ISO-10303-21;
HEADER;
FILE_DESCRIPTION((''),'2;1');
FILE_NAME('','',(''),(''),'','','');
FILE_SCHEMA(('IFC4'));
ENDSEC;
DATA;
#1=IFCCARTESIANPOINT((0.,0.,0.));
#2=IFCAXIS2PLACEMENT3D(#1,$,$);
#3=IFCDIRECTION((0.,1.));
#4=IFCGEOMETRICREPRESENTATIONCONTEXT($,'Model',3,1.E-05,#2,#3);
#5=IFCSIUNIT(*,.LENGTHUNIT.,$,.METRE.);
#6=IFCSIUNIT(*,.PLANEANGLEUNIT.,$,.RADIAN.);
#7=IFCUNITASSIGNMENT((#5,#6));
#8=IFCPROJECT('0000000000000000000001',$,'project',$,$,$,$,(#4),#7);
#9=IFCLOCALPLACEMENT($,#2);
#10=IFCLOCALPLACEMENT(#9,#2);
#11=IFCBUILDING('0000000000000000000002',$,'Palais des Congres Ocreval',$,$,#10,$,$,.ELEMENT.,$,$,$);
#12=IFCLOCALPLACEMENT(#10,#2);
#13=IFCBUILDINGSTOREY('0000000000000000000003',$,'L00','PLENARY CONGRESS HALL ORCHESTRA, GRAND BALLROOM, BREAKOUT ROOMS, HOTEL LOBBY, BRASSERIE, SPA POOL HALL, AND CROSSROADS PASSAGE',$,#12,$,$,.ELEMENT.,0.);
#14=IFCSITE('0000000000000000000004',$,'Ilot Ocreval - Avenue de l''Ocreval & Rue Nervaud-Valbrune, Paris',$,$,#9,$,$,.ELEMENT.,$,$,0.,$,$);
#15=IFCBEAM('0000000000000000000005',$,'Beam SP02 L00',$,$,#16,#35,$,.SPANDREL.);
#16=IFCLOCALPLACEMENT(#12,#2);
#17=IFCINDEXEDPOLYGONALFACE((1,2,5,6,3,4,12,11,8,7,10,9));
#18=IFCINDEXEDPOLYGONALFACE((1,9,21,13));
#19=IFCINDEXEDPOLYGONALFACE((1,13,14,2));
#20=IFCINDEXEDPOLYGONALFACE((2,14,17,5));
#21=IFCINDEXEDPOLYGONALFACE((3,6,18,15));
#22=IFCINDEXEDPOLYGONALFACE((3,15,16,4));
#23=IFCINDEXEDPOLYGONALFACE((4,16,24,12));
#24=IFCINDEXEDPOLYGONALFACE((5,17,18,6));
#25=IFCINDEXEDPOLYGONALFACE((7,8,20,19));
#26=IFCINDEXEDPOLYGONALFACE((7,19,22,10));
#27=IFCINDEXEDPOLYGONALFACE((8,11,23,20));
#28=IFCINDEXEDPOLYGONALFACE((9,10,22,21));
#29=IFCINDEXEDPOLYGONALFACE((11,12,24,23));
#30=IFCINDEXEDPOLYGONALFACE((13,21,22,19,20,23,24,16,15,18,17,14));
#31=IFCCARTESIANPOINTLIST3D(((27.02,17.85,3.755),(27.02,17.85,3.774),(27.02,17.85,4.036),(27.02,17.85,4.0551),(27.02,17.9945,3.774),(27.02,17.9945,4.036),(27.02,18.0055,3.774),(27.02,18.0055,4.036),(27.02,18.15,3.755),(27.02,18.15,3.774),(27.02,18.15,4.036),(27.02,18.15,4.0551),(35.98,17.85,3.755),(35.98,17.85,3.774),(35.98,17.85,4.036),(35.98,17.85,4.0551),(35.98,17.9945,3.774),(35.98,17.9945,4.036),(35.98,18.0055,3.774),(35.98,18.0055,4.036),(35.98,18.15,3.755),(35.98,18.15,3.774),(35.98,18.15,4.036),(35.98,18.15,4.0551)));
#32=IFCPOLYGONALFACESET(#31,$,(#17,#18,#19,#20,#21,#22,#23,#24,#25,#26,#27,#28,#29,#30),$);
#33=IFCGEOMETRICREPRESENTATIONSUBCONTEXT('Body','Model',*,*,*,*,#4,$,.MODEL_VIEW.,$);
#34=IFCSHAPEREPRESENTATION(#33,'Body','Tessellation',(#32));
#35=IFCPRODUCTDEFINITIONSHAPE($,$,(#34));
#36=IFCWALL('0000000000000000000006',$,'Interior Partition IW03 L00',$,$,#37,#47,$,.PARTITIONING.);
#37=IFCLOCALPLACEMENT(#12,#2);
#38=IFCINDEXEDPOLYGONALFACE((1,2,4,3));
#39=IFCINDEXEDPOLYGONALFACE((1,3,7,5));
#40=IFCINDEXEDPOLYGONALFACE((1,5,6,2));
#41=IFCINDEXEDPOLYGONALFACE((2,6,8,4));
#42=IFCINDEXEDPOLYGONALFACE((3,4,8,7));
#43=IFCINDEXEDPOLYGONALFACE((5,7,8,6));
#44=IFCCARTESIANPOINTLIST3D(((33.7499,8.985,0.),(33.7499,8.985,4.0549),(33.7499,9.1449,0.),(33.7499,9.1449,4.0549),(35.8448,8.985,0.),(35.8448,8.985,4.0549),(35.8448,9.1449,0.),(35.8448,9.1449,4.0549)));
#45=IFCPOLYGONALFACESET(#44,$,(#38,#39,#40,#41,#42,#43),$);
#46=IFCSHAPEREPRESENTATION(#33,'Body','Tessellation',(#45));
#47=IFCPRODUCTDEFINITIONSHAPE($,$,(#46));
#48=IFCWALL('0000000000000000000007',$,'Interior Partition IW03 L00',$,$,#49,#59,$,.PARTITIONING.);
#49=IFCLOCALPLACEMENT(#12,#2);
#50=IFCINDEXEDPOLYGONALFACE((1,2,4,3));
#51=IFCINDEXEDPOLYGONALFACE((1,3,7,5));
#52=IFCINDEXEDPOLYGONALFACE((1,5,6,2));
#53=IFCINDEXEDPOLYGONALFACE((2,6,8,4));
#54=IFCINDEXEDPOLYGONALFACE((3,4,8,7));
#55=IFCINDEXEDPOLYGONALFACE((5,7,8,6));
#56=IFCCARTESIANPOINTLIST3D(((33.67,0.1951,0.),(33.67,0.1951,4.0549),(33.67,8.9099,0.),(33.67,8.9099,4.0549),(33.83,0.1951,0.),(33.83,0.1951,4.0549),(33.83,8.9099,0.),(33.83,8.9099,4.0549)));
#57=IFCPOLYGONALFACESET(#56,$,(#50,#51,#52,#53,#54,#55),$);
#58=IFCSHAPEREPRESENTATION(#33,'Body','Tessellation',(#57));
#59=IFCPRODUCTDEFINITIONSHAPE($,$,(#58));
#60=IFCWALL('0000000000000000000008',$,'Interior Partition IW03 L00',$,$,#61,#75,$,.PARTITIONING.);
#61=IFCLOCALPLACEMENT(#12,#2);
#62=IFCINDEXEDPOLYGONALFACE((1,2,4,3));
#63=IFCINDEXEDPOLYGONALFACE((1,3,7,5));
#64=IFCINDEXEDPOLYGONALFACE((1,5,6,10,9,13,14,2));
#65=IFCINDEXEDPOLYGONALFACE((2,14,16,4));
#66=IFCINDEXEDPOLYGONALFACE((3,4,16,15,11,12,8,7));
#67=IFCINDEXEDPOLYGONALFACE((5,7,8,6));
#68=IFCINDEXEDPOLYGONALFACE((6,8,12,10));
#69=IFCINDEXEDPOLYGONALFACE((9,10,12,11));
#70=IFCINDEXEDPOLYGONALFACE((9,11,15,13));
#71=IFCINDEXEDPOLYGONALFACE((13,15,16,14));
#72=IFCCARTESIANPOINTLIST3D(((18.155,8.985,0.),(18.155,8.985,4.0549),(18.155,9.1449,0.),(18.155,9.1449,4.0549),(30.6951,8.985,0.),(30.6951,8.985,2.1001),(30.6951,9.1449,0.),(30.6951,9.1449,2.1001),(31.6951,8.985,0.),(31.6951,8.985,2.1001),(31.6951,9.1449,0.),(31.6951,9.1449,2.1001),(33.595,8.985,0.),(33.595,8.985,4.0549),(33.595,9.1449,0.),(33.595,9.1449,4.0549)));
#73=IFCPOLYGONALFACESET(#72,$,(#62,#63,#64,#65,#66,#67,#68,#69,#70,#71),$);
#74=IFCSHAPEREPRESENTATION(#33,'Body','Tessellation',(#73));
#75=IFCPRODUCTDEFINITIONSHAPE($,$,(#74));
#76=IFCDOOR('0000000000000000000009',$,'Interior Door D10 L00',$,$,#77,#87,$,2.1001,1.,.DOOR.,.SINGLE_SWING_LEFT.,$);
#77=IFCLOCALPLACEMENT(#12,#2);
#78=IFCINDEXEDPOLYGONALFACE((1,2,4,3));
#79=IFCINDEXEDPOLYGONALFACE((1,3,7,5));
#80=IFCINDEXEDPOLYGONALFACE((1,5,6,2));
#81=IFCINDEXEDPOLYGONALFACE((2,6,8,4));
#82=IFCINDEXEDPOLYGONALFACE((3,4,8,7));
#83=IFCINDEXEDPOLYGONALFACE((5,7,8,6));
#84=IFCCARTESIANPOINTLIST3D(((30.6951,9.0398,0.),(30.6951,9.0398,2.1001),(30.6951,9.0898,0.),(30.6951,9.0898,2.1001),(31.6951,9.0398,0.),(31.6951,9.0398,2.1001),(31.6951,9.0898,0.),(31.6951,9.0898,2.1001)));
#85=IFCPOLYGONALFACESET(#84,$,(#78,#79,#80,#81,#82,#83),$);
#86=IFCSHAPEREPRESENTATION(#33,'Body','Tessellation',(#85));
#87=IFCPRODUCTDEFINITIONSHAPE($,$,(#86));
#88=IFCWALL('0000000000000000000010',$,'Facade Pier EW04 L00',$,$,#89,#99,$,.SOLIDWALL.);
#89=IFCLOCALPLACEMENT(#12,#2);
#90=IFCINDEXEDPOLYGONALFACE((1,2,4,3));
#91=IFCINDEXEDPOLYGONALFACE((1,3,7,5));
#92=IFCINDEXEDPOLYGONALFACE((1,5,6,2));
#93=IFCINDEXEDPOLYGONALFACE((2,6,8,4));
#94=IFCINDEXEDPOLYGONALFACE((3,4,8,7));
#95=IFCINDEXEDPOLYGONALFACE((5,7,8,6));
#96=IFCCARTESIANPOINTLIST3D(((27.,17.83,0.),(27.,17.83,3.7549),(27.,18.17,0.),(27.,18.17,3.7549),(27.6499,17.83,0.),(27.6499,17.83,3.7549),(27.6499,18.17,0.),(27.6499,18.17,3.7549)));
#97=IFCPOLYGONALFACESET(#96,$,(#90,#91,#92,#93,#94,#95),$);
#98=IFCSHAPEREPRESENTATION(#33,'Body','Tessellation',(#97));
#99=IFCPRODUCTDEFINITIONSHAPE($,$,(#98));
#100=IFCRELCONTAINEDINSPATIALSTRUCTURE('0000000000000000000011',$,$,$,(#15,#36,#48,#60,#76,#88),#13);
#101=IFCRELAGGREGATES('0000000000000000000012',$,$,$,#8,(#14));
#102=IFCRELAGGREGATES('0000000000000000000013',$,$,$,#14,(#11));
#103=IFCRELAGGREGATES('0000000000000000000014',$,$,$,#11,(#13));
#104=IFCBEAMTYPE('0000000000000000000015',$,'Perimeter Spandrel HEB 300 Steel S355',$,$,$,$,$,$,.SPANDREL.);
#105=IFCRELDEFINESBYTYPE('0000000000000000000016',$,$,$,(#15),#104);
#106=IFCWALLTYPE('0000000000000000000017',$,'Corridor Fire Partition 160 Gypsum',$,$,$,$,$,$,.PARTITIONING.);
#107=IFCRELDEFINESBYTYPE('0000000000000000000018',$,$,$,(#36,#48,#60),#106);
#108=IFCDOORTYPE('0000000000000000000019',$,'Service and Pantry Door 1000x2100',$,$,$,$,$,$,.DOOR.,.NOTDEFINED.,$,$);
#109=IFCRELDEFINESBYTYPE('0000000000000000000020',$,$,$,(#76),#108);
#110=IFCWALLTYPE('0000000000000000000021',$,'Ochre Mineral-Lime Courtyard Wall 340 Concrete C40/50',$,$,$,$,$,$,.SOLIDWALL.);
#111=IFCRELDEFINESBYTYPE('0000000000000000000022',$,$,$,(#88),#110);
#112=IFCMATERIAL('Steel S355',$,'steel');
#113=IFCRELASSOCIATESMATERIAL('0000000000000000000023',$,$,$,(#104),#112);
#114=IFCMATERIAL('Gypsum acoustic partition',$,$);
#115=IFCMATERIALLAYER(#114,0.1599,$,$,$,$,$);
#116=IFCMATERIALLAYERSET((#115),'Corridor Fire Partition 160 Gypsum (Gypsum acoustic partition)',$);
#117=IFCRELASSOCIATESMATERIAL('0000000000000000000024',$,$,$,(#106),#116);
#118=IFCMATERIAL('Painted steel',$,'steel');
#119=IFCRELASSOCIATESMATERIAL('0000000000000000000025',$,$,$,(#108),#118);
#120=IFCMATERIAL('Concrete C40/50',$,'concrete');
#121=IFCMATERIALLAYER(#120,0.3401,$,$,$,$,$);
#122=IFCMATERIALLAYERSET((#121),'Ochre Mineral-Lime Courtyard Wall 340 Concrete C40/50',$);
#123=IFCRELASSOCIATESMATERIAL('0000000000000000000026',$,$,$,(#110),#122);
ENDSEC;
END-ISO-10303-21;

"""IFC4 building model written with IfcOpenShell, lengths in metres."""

from ifc_helpers import new_model, si_unit, direction, frame, frame_2d, origin, origin_2d, place, context, subcontext, project, spatial, rectangle, i_section, extrude, material, layer, layer_set, material_profile, profile_set, type_object, element, fill, save


model = new_model("IFC4")

# Units and contexts
model_context = context("Model", 3, precision=1e-05, world=origin(), true_north=direction((0.0, 1.0)))
body_context = subcontext(model_context, "Body", "Model", "MODEL_VIEW")
ifc_project = project(units=[si_unit("LENGTHUNIT", "METRE"), si_unit("PLANEANGLEUNIT", "RADIAN")], contexts=[model_context])

# Site, building, storey
site_placement = place(None, origin())
site = spatial("IfcSite", under=ifc_project, at=site_placement, Name="Ilot Ocreval - Avenue de l'Ocreval & Rue Nervaud-Valbrune, Paris", CompositionType="ELEMENT", RefElevation=0.0)
building_placement = place(site_placement, origin())
building = spatial("IfcBuilding", under=site, at=building_placement, Name="Palais des Congres Ocreval", CompositionType="ELEMENT")
storey_placement = place(building_placement, origin())
storey = spatial("IfcBuildingStorey", under=building, at=storey_placement, Name="L00", Description="PLENARY CONGRESS HALL ORCHESTRA, GRAND BALLROOM, BREAKOUT ROOMS, HOTEL LOBBY, BRASSERIE, SPA POOL HALL, AND CROSSROADS PASSAGE", CompositionType="ELEMENT", Elevation=0.0)

# Shared definitions
ifc_material_1 = material(Name="Concrete C40/50", Category="concrete")

# Beam
ifc_material_2 = material(Name="Steel S355", Category="steel")
ifc_material_profile_1 = material_profile(ifc_material_2, i_section(OverallWidth=0.3, OverallDepth=0.3, WebThickness=0.011, FlangeThickness=0.019, at=origin_2d()), Name="HEB 300")
ifc_profile_set_1 = profile_set([ifc_material_profile_1], Name="Steel S355")
beam_type_1 = type_object("IfcBeamType", Name="Perimeter Spandrel HEB 300 Steel S355", PredefinedType="SPANDREL", material=ifc_profile_set_1)
for number, where, z_axis, x_axis, name in (
    (1, (27.02, 18.0, 3.905), (1.0, 0.0, 0.0), (0.0, 1.0, 0.0), "Beam SP02 L00"),
):
    element("IfcBeam", number, at=place(storey_placement, frame(where, z_axis=z_axis, x_axis=x_axis)), inside=storey, type_object=beam_type_1, Name=name, PredefinedType="SPANDREL", context=body_context, shape_type="SweptSolid", body=[
        extrude(i_section(OverallWidth=0.3, OverallDepth=0.3, WebThickness=0.011, FlangeThickness=0.019, at=origin_2d()), origin(), (0.0, 0.0, 1.0), 8.96),
    ])

# Walls
ifc_material_3 = material(Name="Gypsum acoustic partition")
ifc_layer_1 = layer(ifc_material_3, 0.1599)
ifc_layer_set_1 = layer_set([ifc_layer_1], Name="Corridor Fire Partition 160 Gypsum (Gypsum acoustic partition)")
wall_type_1 = type_object("IfcWallType", Name="Corridor Fire Partition 160 Gypsum", PredefinedType="PARTITIONING", material=ifc_layer_set_1)
wall_1_placement = place(storey_placement, frame((33.75, 9.0649, 0.0), z_axis=(0.0, 0.0, 1.0), x_axis=(1.0, 0.0, 0.0)))
element("IfcWall", 2, at=wall_1_placement, inside=storey, type_object=wall_type_1, Name="Interior Partition IW03 L00", PredefinedType="PARTITIONING", context=body_context, shape_type="SweptSolid", body=[
    extrude(rectangle(XDim=2.095, YDim=0.1599, at=frame_2d((1.0474, 0.0))), origin(), (0.0, 0.0, 1.0), 4.0549),
])
wall_2_placement = place(storey_placement, frame((33.75, 0.1951, 0.0), z_axis=(0.0, 0.0, 1.0), x_axis=(0.0, 1.0, 0.0)))
element("IfcWall", 3, at=wall_2_placement, inside=storey, type_object=wall_type_1, Name="Interior Partition IW03 L00", PredefinedType="PARTITIONING", context=body_context, shape_type="SweptSolid", body=[
    extrude(rectangle(XDim=8.7148, YDim=0.1599, at=frame_2d((4.3574, 0.0))), origin(), (0.0, 0.0, 1.0), 4.0549),
])

# Wall, opening, door
wall_3_placement = place(storey_placement, frame((18.155, 9.0649, 0.0), z_axis=(0.0, 0.0, 1.0), x_axis=(1.0, 0.0, 0.0)))
wall_3 = element("IfcWall", 4, at=wall_3_placement, inside=storey, type_object=wall_type_1, Name="Interior Partition IW03 L00", PredefinedType="PARTITIONING", context=body_context, shape_type="SweptSolid", body=[
    extrude(rectangle(XDim=15.4399, YDim=0.1599, at=frame_2d((7.72, 0.0))), origin(), (0.0, 0.0, 1.0), 4.0549),
])
opening_1_placement = place(wall_3_placement, frame((12.54, 0.0, 0.0)))
opening_1 = element("IfcOpeningElement", 5, at=opening_1_placement, cuts=wall_3, PredefinedType="OPENING", context=body_context, shape_type="SweptSolid", body=[
    extrude(rectangle(XDim=1.0, YDim=2.1001, at=frame_2d((0.5, 1.05))), frame((0.0, 0.0898, 0.0), z_axis=(0.0, -1.0, 0.0), x_axis=(1.0, 0.0, 0.0)), (0.0, 0.0, 1.0), 0.1799),
])
ifc_material_4 = material(Name="Painted steel", Category="steel")
door_type_1 = type_object("IfcDoorType", Name="Service and Pantry Door 1000x2100", OperationType="NOTDEFINED", PredefinedType="DOOR", material=ifc_material_4)
door_1_placement = place(opening_1_placement, origin())
door_1 = element("IfcDoor", 6, at=door_1_placement, inside=storey, type_object=door_type_1, Name="Interior Door D10 L00", OperationType="SINGLE_SWING_LEFT", OverallHeight=2.1001, OverallWidth=1.0, PredefinedType="DOOR", context=body_context, shape_type="SweptSolid", body=[
    extrude(rectangle(XDim=1.0, YDim=2.1001, at=frame_2d((0.5, 1.05))), frame((0.0, 0.0249, 0.0), z_axis=(0.0, -1.0, 0.0), x_axis=(1.0, 0.0, 0.0)), (0.0, 0.0, 1.0), 0.05),
])
fill(opening_1, door_1)

# Wall
ifc_layer_2 = layer(ifc_material_1, 0.3401)
ifc_layer_set_2 = layer_set([ifc_layer_2], Name="Ochre Mineral-Lime Courtyard Wall 340 Concrete C40/50")
wall_type_2 = type_object("IfcWallType", Name="Ochre Mineral-Lime Courtyard Wall 340 Concrete C40/50", PredefinedType="SOLIDWALL", material=ifc_layer_set_2)
wall_4_placement = place(storey_placement, frame((27.0, 18.0, 0.0), z_axis=(0.0, 0.0, 1.0), x_axis=(1.0, 0.0, 0.0)))
element("IfcWall", 7, at=wall_4_placement, inside=storey, type_object=wall_type_2, Name="Facade Pier EW04 L00", PredefinedType="SOLIDWALL", context=body_context, shape_type="SweptSolid", body=[
    extrude(rectangle(XDim=0.6499, YDim=0.3401, at=frame_2d((0.325, 0.0))), origin(), (0.0, 0.0, 1.0), 3.7549),
])

save(model, "model.ifc")
